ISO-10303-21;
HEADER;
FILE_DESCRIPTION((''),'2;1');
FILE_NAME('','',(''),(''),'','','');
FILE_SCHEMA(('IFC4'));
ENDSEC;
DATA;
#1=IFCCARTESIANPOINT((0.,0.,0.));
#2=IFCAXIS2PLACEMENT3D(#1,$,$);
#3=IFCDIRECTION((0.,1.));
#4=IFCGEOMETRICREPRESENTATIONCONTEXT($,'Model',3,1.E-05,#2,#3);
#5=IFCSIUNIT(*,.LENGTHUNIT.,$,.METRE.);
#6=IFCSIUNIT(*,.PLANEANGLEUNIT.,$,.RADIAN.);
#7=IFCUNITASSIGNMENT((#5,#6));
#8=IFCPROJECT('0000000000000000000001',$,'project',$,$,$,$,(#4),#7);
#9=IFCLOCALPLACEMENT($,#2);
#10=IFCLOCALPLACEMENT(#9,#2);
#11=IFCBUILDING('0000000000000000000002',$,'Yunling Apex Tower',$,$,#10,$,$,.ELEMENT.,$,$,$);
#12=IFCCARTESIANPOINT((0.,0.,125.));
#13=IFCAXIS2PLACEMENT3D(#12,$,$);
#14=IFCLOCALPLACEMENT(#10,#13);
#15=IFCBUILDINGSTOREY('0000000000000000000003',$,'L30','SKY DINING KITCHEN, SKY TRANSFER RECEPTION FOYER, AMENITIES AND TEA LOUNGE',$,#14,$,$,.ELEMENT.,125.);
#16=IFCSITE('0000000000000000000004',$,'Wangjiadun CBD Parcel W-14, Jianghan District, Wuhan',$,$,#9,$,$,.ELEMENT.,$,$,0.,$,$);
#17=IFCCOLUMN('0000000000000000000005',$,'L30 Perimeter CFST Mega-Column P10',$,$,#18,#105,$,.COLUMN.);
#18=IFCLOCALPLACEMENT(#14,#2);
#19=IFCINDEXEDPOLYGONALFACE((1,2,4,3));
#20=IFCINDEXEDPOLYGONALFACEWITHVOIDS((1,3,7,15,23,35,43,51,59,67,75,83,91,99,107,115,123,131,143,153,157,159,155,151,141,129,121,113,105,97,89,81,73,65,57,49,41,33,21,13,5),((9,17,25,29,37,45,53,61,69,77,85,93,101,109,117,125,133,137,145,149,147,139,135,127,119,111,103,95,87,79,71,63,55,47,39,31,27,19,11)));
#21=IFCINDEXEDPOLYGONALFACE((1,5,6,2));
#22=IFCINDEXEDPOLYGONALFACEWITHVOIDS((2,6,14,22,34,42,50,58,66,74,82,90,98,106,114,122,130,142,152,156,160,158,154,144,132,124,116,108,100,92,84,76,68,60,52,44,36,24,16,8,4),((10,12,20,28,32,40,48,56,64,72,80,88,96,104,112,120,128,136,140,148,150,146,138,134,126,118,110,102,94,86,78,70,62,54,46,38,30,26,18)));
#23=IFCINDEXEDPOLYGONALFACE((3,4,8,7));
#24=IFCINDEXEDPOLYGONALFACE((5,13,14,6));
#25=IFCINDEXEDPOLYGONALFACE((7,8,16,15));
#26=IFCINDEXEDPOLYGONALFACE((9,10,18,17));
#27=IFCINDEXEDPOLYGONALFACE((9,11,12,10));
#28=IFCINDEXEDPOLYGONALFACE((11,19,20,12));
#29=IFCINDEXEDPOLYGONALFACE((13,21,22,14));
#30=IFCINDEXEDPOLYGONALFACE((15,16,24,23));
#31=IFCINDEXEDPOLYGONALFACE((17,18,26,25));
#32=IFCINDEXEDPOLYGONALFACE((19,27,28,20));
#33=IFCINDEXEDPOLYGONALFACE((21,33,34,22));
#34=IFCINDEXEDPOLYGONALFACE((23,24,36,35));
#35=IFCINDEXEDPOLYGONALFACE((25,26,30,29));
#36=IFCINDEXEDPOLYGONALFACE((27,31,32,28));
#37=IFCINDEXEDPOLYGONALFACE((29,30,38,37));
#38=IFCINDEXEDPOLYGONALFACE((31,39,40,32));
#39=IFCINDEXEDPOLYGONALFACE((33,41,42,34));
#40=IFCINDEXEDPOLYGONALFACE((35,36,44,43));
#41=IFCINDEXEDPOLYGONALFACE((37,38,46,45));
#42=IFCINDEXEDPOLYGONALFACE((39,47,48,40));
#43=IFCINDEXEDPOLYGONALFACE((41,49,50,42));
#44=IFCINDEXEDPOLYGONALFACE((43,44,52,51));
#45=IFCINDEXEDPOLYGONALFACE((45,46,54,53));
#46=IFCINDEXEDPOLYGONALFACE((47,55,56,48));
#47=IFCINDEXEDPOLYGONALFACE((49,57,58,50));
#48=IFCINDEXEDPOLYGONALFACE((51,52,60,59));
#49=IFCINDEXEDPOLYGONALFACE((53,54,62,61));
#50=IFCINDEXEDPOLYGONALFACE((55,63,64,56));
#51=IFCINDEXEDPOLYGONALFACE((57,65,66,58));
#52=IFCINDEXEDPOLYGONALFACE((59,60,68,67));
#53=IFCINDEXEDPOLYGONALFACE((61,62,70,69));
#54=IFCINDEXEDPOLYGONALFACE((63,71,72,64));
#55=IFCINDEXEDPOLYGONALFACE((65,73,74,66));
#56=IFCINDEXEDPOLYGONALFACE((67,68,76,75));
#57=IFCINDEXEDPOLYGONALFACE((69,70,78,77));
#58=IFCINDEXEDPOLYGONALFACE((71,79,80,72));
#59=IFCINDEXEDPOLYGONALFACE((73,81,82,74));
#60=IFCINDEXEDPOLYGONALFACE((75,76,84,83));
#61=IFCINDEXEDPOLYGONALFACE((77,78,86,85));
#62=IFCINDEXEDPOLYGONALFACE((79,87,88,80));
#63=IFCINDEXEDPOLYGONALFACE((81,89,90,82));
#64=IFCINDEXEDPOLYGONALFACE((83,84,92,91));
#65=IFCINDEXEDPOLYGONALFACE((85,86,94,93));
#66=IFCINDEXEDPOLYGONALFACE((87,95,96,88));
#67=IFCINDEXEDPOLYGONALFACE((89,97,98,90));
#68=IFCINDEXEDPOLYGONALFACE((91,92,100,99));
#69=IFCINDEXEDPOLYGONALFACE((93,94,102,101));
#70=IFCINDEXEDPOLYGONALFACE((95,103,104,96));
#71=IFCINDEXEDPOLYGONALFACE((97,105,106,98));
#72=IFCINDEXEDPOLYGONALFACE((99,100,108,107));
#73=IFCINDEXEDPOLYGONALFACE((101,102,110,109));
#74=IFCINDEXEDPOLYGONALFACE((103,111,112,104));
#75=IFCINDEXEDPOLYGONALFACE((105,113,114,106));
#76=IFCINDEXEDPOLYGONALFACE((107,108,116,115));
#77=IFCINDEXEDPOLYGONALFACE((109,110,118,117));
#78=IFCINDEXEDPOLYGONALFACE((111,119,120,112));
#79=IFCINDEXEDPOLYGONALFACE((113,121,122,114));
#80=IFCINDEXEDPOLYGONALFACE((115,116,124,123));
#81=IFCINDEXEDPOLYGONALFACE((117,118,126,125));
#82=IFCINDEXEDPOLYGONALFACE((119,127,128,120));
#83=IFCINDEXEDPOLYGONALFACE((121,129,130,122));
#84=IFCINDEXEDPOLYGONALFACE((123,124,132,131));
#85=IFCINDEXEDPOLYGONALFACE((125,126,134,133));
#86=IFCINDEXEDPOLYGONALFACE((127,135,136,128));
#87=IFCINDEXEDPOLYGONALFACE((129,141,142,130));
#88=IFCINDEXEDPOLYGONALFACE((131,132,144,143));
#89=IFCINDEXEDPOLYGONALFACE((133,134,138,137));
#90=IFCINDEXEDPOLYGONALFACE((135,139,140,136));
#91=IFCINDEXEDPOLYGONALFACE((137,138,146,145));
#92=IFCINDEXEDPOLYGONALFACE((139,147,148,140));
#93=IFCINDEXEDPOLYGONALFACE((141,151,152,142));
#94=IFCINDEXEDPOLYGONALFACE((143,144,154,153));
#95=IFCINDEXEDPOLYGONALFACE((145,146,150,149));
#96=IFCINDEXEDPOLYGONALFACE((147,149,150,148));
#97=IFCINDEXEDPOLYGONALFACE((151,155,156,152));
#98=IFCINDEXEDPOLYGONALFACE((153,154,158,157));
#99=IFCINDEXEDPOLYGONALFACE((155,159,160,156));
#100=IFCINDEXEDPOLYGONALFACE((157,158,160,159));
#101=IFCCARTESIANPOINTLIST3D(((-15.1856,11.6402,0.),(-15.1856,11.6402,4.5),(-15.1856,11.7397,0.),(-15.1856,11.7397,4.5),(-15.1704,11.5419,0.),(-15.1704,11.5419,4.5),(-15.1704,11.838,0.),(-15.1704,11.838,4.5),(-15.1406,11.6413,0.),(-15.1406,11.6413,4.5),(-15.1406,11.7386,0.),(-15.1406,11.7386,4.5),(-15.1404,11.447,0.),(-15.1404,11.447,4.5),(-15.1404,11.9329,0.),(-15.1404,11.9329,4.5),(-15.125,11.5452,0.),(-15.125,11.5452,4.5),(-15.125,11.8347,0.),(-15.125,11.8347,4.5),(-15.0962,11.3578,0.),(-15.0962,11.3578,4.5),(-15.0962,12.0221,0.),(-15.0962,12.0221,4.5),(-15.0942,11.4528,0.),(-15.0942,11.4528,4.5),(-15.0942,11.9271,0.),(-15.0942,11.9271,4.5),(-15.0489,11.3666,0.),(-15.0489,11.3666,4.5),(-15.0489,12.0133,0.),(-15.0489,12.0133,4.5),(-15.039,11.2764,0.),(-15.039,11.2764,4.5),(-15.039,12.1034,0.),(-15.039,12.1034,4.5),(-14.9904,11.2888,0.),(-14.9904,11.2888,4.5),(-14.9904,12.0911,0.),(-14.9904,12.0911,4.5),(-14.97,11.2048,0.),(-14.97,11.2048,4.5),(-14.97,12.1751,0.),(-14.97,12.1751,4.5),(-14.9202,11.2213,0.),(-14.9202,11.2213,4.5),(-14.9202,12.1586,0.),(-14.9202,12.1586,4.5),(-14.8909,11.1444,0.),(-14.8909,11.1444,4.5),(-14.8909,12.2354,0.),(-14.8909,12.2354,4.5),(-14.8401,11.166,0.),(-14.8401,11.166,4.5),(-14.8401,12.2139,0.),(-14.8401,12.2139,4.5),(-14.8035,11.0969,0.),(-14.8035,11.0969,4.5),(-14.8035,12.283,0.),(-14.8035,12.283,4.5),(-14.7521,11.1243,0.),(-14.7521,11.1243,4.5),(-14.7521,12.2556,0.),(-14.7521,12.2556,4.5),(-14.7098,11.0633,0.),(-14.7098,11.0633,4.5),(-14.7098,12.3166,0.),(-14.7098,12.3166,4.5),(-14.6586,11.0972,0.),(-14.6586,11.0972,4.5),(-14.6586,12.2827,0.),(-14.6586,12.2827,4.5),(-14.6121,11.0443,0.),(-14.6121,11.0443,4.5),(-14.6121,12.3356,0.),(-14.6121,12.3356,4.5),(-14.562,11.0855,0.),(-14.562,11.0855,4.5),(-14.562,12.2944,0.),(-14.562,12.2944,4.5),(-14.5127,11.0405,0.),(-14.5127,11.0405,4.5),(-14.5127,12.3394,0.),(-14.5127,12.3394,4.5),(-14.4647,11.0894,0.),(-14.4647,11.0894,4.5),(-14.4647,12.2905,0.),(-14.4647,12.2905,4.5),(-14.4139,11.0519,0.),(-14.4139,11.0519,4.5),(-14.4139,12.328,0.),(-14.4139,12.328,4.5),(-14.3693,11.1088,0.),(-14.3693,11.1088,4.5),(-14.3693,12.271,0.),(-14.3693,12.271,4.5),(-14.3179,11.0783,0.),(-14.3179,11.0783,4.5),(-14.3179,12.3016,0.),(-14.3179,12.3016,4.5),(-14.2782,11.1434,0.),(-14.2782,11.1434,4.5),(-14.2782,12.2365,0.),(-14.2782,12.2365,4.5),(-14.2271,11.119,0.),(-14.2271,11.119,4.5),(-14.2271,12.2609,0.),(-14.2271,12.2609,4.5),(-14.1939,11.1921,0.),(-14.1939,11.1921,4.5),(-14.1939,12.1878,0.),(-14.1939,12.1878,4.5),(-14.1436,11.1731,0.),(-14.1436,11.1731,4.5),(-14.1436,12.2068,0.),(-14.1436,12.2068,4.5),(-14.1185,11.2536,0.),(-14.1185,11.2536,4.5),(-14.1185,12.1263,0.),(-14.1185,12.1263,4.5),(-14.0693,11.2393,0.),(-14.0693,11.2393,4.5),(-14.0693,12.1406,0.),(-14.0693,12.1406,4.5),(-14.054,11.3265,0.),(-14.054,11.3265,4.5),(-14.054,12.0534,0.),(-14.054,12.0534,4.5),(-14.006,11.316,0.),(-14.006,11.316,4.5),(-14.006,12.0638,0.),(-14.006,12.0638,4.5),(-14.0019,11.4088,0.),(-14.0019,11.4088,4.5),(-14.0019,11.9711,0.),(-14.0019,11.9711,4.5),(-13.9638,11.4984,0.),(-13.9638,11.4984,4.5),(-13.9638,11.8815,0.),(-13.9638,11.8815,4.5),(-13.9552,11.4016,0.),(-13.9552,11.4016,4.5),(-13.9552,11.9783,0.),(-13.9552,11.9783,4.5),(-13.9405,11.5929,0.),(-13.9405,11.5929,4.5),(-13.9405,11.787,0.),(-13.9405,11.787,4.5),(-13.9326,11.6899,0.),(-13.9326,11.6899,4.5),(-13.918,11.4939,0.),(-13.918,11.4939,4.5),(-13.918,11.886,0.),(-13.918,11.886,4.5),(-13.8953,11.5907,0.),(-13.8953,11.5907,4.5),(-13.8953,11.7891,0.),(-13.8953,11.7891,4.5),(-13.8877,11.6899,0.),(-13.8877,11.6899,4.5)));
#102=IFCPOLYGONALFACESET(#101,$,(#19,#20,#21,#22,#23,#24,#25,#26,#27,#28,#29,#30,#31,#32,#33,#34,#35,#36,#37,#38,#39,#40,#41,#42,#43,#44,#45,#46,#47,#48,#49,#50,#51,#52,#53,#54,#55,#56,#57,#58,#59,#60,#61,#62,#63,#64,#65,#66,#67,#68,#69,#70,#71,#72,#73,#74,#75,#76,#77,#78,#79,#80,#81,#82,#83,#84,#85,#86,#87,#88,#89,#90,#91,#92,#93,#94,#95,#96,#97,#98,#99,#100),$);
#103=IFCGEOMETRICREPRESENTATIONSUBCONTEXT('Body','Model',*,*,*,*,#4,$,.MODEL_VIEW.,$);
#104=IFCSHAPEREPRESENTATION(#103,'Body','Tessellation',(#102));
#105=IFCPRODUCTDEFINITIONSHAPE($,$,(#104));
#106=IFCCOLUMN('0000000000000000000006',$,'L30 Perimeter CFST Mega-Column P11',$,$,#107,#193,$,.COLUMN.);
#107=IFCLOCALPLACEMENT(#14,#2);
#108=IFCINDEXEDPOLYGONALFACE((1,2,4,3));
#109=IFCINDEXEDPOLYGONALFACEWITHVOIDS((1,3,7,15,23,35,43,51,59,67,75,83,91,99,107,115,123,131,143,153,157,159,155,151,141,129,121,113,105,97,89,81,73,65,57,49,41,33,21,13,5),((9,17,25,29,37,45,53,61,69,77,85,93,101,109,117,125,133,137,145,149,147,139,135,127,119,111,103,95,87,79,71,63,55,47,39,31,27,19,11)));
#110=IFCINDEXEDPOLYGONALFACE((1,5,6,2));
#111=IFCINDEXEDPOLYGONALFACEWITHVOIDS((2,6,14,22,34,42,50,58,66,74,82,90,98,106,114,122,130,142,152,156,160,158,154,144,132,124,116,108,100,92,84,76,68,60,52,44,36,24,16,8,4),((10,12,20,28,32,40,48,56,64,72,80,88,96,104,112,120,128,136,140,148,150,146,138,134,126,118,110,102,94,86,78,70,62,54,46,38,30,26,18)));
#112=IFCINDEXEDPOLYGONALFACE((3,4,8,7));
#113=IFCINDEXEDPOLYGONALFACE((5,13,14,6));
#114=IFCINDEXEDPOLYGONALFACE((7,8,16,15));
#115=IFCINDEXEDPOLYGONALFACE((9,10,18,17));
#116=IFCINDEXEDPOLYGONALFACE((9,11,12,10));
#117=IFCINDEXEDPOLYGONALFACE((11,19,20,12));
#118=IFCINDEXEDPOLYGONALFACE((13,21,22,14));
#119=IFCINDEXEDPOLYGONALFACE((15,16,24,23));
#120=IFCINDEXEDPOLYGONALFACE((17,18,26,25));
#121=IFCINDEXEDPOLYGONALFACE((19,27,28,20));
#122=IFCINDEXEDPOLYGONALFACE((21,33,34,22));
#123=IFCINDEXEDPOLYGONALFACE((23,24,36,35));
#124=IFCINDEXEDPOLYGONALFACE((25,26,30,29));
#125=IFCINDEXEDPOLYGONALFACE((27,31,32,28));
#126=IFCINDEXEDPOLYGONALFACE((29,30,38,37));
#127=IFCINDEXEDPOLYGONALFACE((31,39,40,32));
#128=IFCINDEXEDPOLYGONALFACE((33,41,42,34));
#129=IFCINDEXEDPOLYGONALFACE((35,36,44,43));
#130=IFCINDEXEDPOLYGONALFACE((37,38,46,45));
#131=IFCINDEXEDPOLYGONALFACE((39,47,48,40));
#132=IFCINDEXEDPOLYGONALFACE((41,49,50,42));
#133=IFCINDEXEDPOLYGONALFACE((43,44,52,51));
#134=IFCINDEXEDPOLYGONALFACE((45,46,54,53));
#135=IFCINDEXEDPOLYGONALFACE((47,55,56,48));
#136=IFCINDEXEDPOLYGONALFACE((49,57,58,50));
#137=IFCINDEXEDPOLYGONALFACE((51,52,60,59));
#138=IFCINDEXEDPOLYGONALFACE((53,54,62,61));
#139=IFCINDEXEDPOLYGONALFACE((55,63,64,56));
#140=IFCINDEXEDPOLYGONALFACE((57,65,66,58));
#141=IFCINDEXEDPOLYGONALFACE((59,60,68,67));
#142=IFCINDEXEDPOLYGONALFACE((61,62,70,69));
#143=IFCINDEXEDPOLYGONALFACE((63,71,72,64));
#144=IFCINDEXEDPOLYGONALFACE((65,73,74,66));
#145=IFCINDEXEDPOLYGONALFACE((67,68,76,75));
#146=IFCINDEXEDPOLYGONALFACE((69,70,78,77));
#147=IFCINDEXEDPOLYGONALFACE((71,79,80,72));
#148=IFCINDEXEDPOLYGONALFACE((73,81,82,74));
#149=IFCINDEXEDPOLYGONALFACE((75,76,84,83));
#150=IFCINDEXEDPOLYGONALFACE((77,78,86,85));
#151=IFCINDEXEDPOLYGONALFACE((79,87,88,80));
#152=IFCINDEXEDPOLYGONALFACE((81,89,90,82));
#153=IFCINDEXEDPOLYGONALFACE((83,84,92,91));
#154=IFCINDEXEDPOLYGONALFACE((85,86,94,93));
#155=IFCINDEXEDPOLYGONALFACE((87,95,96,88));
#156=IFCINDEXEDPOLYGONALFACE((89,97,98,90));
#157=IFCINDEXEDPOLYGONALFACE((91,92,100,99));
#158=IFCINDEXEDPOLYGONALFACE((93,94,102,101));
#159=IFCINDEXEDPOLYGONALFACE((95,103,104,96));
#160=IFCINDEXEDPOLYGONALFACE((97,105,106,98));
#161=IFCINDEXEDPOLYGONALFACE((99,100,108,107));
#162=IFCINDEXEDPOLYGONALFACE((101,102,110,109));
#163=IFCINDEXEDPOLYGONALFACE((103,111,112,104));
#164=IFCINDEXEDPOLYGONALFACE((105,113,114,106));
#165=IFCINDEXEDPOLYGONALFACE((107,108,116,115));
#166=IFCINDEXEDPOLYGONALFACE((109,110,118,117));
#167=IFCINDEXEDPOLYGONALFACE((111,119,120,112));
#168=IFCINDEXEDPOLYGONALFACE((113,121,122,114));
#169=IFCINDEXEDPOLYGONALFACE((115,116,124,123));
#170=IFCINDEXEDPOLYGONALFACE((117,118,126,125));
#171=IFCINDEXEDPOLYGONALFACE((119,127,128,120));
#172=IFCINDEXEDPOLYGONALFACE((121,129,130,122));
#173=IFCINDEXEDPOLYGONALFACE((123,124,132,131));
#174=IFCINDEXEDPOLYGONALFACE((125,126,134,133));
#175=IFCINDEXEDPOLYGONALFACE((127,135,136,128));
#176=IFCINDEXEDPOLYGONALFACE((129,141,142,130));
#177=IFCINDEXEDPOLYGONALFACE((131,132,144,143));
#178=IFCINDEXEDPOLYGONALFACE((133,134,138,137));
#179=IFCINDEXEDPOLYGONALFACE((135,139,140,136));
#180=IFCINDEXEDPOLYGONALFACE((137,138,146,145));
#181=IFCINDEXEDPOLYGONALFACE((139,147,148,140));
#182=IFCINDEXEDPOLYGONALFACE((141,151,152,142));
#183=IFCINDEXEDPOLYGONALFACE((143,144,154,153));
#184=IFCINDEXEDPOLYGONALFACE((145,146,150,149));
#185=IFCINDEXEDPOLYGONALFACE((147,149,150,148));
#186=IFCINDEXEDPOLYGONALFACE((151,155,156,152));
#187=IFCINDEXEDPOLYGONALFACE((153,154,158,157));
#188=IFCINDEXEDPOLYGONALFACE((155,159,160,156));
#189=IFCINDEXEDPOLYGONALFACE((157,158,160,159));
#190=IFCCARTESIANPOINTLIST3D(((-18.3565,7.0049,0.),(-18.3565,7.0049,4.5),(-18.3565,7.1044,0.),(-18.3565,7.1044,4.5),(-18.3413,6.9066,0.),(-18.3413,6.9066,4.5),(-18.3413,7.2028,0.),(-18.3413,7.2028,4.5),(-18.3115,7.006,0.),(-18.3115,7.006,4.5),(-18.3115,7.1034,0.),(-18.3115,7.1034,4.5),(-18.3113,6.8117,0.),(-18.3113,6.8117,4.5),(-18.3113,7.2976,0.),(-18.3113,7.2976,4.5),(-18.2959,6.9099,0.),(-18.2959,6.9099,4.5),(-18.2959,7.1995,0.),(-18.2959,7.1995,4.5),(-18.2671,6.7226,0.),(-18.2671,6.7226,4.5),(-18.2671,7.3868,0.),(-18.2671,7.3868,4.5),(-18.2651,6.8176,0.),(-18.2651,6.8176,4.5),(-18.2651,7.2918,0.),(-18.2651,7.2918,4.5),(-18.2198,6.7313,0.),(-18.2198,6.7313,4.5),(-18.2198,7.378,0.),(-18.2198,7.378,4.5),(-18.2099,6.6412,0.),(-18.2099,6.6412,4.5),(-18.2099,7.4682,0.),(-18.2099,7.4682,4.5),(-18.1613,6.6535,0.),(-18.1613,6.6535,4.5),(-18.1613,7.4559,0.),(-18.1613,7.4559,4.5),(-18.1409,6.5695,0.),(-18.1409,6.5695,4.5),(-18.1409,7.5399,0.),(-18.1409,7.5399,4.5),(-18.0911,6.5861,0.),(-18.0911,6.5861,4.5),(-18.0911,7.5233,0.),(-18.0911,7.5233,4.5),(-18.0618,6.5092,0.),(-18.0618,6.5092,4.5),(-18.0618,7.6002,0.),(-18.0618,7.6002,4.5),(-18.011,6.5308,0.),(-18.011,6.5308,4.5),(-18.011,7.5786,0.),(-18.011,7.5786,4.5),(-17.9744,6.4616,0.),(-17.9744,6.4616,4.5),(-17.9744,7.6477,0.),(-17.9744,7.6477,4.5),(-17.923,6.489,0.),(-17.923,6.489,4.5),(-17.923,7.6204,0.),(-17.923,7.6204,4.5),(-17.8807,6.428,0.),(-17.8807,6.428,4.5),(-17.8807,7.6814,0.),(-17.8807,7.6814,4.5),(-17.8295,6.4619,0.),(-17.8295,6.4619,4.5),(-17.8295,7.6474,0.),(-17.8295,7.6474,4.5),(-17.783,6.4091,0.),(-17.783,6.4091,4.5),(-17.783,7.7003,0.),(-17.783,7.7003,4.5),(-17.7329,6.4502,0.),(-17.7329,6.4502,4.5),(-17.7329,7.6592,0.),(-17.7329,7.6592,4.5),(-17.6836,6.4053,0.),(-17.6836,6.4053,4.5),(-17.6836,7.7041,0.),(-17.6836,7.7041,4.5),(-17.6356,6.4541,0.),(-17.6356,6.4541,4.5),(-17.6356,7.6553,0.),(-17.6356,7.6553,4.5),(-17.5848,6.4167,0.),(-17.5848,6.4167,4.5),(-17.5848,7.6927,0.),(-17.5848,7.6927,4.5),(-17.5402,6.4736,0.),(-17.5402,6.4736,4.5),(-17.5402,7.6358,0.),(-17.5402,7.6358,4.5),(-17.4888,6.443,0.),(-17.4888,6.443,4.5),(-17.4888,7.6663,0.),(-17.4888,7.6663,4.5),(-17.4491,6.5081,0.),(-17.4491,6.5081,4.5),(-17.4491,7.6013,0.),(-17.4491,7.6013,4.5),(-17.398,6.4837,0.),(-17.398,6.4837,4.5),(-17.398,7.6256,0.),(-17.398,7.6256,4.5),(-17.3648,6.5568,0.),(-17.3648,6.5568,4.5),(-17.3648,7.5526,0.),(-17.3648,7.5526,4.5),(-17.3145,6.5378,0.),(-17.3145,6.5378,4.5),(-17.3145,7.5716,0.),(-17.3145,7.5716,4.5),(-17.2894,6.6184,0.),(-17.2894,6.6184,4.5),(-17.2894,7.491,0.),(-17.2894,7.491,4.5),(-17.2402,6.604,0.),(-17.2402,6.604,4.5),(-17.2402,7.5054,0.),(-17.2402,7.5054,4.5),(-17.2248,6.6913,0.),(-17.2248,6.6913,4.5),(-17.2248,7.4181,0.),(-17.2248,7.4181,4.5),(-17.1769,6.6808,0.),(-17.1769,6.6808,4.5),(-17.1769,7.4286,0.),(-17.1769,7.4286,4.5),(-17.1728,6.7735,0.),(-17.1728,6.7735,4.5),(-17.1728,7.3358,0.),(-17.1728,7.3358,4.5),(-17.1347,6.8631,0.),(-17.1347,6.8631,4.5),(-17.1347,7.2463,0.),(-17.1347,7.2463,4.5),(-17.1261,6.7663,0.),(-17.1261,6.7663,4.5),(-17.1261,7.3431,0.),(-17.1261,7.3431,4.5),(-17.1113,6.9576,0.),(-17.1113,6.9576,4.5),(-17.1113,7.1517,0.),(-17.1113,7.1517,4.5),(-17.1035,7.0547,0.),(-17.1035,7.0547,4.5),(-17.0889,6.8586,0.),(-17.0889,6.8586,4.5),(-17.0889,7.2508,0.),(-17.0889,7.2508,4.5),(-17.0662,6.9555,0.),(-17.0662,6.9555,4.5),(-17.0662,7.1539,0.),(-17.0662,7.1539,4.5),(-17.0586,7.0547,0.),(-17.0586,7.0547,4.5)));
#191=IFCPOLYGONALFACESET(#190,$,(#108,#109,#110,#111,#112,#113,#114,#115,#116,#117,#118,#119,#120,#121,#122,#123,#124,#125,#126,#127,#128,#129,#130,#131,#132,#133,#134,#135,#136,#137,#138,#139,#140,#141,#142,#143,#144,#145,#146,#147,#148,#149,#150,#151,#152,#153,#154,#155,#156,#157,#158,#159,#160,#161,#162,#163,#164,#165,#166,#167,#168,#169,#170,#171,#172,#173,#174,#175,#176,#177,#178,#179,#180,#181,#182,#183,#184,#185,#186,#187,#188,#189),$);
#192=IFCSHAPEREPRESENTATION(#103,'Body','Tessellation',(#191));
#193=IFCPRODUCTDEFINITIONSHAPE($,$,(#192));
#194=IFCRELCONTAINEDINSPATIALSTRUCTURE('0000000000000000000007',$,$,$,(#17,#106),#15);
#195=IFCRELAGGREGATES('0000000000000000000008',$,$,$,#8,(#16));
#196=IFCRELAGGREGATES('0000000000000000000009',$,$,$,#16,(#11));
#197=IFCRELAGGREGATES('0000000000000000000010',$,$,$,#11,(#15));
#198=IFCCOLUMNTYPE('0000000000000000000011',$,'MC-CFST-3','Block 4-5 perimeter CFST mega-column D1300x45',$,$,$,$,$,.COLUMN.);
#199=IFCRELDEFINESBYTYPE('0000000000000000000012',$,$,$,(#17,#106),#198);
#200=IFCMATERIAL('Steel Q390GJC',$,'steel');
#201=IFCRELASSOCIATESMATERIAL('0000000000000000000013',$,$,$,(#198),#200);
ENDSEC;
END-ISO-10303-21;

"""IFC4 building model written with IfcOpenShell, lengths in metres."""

from ifc_helpers import new_model, si_unit, direction, frame, origin, origin_2d, place, context, subcontext, project, spatial, hollow_circle, extrude, source, transform, mapped, material, material_profile, profile_set, type_object, element, save


model = new_model("IFC4")

# Units and contexts
model_context = context("Model", 3, precision=1e-05, world=origin(), true_north=direction((0.0, 1.0)))
body_context = subcontext(model_context, "Body", "Model", "MODEL_VIEW")
ifc_project = project(units=[si_unit("LENGTHUNIT", "METRE"), si_unit("PLANEANGLEUNIT", "RADIAN")], contexts=[model_context])

# Site, building, storey
site_placement = place(None, origin())
site = spatial("IfcSite", under=ifc_project, at=site_placement, Name="Wangjiadun CBD Parcel W-14, Jianghan District, Wuhan", CompositionType="ELEMENT", RefElevation=0.0)
building_placement = place(site_placement, origin())
building = spatial("IfcBuilding", under=site, at=building_placement, Name="Yunling Apex Tower", CompositionType="ELEMENT")
storey_placement = place(building_placement, frame((0.0, 0.0, 125.0)))
storey = spatial("IfcBuildingStorey", under=building, at=storey_placement, Name="L30", Description="SKY DINING KITCHEN, SKY TRANSFER RECEPTION FOYER, AMENITIES AND TEA LOUNGE", CompositionType="ELEMENT", Elevation=125.0)

# Columns
ifc_material_1 = material(Name="Steel Q390GJC", Category="steel")
ifc_material_profile_1 = material_profile(ifc_material_1, hollow_circle(Radius=0.6499, WallThickness=0.0449, at=origin_2d()))
ifc_profile_set_1 = profile_set([ifc_material_profile_1], Name="Steel Q390GJC")
column_type = type_object("IfcColumnType", Name="MC-CFST-3", Description="Block 4-5 perimeter CFST mega-column D1300x45", PredefinedType="COLUMN", material=ifc_profile_set_1)
shared_shape_1 = source(origin(), body_context, "Body", "SweptSolid", [
    extrude(hollow_circle(Radius=0.6499, WallThickness=0.0449, at=origin_2d()), origin(), (0.0, 0.0, 1.0), 4.5),
])
for number, where, z_axis, x_axis, name in (
    (1, (-14.5376, 11.6899, 0.0), (0.0, 0.0, 1.0), (1.0, 0.0, 0.0), "L30 Perimeter CFST Mega-Column P10"),
    (2, (-17.7085, 7.0547, 0.0), (0.0, 0.0, 1.0), (1.0, 0.0, 0.0), "L30 Perimeter CFST Mega-Column P11"),
):
    element("IfcColumn", number, at=place(storey_placement, frame(where, z_axis=z_axis, x_axis=x_axis)), inside=storey, type_object=column_type, Name=name, PredefinedType="COLUMN", context=body_context, shape_type="MappedRepresentation", body=[
        mapped(shared_shape_1, transform((0.0, 0.0, 0.0), scale=1.0)),
    ])

save(model, "model.ifc")
